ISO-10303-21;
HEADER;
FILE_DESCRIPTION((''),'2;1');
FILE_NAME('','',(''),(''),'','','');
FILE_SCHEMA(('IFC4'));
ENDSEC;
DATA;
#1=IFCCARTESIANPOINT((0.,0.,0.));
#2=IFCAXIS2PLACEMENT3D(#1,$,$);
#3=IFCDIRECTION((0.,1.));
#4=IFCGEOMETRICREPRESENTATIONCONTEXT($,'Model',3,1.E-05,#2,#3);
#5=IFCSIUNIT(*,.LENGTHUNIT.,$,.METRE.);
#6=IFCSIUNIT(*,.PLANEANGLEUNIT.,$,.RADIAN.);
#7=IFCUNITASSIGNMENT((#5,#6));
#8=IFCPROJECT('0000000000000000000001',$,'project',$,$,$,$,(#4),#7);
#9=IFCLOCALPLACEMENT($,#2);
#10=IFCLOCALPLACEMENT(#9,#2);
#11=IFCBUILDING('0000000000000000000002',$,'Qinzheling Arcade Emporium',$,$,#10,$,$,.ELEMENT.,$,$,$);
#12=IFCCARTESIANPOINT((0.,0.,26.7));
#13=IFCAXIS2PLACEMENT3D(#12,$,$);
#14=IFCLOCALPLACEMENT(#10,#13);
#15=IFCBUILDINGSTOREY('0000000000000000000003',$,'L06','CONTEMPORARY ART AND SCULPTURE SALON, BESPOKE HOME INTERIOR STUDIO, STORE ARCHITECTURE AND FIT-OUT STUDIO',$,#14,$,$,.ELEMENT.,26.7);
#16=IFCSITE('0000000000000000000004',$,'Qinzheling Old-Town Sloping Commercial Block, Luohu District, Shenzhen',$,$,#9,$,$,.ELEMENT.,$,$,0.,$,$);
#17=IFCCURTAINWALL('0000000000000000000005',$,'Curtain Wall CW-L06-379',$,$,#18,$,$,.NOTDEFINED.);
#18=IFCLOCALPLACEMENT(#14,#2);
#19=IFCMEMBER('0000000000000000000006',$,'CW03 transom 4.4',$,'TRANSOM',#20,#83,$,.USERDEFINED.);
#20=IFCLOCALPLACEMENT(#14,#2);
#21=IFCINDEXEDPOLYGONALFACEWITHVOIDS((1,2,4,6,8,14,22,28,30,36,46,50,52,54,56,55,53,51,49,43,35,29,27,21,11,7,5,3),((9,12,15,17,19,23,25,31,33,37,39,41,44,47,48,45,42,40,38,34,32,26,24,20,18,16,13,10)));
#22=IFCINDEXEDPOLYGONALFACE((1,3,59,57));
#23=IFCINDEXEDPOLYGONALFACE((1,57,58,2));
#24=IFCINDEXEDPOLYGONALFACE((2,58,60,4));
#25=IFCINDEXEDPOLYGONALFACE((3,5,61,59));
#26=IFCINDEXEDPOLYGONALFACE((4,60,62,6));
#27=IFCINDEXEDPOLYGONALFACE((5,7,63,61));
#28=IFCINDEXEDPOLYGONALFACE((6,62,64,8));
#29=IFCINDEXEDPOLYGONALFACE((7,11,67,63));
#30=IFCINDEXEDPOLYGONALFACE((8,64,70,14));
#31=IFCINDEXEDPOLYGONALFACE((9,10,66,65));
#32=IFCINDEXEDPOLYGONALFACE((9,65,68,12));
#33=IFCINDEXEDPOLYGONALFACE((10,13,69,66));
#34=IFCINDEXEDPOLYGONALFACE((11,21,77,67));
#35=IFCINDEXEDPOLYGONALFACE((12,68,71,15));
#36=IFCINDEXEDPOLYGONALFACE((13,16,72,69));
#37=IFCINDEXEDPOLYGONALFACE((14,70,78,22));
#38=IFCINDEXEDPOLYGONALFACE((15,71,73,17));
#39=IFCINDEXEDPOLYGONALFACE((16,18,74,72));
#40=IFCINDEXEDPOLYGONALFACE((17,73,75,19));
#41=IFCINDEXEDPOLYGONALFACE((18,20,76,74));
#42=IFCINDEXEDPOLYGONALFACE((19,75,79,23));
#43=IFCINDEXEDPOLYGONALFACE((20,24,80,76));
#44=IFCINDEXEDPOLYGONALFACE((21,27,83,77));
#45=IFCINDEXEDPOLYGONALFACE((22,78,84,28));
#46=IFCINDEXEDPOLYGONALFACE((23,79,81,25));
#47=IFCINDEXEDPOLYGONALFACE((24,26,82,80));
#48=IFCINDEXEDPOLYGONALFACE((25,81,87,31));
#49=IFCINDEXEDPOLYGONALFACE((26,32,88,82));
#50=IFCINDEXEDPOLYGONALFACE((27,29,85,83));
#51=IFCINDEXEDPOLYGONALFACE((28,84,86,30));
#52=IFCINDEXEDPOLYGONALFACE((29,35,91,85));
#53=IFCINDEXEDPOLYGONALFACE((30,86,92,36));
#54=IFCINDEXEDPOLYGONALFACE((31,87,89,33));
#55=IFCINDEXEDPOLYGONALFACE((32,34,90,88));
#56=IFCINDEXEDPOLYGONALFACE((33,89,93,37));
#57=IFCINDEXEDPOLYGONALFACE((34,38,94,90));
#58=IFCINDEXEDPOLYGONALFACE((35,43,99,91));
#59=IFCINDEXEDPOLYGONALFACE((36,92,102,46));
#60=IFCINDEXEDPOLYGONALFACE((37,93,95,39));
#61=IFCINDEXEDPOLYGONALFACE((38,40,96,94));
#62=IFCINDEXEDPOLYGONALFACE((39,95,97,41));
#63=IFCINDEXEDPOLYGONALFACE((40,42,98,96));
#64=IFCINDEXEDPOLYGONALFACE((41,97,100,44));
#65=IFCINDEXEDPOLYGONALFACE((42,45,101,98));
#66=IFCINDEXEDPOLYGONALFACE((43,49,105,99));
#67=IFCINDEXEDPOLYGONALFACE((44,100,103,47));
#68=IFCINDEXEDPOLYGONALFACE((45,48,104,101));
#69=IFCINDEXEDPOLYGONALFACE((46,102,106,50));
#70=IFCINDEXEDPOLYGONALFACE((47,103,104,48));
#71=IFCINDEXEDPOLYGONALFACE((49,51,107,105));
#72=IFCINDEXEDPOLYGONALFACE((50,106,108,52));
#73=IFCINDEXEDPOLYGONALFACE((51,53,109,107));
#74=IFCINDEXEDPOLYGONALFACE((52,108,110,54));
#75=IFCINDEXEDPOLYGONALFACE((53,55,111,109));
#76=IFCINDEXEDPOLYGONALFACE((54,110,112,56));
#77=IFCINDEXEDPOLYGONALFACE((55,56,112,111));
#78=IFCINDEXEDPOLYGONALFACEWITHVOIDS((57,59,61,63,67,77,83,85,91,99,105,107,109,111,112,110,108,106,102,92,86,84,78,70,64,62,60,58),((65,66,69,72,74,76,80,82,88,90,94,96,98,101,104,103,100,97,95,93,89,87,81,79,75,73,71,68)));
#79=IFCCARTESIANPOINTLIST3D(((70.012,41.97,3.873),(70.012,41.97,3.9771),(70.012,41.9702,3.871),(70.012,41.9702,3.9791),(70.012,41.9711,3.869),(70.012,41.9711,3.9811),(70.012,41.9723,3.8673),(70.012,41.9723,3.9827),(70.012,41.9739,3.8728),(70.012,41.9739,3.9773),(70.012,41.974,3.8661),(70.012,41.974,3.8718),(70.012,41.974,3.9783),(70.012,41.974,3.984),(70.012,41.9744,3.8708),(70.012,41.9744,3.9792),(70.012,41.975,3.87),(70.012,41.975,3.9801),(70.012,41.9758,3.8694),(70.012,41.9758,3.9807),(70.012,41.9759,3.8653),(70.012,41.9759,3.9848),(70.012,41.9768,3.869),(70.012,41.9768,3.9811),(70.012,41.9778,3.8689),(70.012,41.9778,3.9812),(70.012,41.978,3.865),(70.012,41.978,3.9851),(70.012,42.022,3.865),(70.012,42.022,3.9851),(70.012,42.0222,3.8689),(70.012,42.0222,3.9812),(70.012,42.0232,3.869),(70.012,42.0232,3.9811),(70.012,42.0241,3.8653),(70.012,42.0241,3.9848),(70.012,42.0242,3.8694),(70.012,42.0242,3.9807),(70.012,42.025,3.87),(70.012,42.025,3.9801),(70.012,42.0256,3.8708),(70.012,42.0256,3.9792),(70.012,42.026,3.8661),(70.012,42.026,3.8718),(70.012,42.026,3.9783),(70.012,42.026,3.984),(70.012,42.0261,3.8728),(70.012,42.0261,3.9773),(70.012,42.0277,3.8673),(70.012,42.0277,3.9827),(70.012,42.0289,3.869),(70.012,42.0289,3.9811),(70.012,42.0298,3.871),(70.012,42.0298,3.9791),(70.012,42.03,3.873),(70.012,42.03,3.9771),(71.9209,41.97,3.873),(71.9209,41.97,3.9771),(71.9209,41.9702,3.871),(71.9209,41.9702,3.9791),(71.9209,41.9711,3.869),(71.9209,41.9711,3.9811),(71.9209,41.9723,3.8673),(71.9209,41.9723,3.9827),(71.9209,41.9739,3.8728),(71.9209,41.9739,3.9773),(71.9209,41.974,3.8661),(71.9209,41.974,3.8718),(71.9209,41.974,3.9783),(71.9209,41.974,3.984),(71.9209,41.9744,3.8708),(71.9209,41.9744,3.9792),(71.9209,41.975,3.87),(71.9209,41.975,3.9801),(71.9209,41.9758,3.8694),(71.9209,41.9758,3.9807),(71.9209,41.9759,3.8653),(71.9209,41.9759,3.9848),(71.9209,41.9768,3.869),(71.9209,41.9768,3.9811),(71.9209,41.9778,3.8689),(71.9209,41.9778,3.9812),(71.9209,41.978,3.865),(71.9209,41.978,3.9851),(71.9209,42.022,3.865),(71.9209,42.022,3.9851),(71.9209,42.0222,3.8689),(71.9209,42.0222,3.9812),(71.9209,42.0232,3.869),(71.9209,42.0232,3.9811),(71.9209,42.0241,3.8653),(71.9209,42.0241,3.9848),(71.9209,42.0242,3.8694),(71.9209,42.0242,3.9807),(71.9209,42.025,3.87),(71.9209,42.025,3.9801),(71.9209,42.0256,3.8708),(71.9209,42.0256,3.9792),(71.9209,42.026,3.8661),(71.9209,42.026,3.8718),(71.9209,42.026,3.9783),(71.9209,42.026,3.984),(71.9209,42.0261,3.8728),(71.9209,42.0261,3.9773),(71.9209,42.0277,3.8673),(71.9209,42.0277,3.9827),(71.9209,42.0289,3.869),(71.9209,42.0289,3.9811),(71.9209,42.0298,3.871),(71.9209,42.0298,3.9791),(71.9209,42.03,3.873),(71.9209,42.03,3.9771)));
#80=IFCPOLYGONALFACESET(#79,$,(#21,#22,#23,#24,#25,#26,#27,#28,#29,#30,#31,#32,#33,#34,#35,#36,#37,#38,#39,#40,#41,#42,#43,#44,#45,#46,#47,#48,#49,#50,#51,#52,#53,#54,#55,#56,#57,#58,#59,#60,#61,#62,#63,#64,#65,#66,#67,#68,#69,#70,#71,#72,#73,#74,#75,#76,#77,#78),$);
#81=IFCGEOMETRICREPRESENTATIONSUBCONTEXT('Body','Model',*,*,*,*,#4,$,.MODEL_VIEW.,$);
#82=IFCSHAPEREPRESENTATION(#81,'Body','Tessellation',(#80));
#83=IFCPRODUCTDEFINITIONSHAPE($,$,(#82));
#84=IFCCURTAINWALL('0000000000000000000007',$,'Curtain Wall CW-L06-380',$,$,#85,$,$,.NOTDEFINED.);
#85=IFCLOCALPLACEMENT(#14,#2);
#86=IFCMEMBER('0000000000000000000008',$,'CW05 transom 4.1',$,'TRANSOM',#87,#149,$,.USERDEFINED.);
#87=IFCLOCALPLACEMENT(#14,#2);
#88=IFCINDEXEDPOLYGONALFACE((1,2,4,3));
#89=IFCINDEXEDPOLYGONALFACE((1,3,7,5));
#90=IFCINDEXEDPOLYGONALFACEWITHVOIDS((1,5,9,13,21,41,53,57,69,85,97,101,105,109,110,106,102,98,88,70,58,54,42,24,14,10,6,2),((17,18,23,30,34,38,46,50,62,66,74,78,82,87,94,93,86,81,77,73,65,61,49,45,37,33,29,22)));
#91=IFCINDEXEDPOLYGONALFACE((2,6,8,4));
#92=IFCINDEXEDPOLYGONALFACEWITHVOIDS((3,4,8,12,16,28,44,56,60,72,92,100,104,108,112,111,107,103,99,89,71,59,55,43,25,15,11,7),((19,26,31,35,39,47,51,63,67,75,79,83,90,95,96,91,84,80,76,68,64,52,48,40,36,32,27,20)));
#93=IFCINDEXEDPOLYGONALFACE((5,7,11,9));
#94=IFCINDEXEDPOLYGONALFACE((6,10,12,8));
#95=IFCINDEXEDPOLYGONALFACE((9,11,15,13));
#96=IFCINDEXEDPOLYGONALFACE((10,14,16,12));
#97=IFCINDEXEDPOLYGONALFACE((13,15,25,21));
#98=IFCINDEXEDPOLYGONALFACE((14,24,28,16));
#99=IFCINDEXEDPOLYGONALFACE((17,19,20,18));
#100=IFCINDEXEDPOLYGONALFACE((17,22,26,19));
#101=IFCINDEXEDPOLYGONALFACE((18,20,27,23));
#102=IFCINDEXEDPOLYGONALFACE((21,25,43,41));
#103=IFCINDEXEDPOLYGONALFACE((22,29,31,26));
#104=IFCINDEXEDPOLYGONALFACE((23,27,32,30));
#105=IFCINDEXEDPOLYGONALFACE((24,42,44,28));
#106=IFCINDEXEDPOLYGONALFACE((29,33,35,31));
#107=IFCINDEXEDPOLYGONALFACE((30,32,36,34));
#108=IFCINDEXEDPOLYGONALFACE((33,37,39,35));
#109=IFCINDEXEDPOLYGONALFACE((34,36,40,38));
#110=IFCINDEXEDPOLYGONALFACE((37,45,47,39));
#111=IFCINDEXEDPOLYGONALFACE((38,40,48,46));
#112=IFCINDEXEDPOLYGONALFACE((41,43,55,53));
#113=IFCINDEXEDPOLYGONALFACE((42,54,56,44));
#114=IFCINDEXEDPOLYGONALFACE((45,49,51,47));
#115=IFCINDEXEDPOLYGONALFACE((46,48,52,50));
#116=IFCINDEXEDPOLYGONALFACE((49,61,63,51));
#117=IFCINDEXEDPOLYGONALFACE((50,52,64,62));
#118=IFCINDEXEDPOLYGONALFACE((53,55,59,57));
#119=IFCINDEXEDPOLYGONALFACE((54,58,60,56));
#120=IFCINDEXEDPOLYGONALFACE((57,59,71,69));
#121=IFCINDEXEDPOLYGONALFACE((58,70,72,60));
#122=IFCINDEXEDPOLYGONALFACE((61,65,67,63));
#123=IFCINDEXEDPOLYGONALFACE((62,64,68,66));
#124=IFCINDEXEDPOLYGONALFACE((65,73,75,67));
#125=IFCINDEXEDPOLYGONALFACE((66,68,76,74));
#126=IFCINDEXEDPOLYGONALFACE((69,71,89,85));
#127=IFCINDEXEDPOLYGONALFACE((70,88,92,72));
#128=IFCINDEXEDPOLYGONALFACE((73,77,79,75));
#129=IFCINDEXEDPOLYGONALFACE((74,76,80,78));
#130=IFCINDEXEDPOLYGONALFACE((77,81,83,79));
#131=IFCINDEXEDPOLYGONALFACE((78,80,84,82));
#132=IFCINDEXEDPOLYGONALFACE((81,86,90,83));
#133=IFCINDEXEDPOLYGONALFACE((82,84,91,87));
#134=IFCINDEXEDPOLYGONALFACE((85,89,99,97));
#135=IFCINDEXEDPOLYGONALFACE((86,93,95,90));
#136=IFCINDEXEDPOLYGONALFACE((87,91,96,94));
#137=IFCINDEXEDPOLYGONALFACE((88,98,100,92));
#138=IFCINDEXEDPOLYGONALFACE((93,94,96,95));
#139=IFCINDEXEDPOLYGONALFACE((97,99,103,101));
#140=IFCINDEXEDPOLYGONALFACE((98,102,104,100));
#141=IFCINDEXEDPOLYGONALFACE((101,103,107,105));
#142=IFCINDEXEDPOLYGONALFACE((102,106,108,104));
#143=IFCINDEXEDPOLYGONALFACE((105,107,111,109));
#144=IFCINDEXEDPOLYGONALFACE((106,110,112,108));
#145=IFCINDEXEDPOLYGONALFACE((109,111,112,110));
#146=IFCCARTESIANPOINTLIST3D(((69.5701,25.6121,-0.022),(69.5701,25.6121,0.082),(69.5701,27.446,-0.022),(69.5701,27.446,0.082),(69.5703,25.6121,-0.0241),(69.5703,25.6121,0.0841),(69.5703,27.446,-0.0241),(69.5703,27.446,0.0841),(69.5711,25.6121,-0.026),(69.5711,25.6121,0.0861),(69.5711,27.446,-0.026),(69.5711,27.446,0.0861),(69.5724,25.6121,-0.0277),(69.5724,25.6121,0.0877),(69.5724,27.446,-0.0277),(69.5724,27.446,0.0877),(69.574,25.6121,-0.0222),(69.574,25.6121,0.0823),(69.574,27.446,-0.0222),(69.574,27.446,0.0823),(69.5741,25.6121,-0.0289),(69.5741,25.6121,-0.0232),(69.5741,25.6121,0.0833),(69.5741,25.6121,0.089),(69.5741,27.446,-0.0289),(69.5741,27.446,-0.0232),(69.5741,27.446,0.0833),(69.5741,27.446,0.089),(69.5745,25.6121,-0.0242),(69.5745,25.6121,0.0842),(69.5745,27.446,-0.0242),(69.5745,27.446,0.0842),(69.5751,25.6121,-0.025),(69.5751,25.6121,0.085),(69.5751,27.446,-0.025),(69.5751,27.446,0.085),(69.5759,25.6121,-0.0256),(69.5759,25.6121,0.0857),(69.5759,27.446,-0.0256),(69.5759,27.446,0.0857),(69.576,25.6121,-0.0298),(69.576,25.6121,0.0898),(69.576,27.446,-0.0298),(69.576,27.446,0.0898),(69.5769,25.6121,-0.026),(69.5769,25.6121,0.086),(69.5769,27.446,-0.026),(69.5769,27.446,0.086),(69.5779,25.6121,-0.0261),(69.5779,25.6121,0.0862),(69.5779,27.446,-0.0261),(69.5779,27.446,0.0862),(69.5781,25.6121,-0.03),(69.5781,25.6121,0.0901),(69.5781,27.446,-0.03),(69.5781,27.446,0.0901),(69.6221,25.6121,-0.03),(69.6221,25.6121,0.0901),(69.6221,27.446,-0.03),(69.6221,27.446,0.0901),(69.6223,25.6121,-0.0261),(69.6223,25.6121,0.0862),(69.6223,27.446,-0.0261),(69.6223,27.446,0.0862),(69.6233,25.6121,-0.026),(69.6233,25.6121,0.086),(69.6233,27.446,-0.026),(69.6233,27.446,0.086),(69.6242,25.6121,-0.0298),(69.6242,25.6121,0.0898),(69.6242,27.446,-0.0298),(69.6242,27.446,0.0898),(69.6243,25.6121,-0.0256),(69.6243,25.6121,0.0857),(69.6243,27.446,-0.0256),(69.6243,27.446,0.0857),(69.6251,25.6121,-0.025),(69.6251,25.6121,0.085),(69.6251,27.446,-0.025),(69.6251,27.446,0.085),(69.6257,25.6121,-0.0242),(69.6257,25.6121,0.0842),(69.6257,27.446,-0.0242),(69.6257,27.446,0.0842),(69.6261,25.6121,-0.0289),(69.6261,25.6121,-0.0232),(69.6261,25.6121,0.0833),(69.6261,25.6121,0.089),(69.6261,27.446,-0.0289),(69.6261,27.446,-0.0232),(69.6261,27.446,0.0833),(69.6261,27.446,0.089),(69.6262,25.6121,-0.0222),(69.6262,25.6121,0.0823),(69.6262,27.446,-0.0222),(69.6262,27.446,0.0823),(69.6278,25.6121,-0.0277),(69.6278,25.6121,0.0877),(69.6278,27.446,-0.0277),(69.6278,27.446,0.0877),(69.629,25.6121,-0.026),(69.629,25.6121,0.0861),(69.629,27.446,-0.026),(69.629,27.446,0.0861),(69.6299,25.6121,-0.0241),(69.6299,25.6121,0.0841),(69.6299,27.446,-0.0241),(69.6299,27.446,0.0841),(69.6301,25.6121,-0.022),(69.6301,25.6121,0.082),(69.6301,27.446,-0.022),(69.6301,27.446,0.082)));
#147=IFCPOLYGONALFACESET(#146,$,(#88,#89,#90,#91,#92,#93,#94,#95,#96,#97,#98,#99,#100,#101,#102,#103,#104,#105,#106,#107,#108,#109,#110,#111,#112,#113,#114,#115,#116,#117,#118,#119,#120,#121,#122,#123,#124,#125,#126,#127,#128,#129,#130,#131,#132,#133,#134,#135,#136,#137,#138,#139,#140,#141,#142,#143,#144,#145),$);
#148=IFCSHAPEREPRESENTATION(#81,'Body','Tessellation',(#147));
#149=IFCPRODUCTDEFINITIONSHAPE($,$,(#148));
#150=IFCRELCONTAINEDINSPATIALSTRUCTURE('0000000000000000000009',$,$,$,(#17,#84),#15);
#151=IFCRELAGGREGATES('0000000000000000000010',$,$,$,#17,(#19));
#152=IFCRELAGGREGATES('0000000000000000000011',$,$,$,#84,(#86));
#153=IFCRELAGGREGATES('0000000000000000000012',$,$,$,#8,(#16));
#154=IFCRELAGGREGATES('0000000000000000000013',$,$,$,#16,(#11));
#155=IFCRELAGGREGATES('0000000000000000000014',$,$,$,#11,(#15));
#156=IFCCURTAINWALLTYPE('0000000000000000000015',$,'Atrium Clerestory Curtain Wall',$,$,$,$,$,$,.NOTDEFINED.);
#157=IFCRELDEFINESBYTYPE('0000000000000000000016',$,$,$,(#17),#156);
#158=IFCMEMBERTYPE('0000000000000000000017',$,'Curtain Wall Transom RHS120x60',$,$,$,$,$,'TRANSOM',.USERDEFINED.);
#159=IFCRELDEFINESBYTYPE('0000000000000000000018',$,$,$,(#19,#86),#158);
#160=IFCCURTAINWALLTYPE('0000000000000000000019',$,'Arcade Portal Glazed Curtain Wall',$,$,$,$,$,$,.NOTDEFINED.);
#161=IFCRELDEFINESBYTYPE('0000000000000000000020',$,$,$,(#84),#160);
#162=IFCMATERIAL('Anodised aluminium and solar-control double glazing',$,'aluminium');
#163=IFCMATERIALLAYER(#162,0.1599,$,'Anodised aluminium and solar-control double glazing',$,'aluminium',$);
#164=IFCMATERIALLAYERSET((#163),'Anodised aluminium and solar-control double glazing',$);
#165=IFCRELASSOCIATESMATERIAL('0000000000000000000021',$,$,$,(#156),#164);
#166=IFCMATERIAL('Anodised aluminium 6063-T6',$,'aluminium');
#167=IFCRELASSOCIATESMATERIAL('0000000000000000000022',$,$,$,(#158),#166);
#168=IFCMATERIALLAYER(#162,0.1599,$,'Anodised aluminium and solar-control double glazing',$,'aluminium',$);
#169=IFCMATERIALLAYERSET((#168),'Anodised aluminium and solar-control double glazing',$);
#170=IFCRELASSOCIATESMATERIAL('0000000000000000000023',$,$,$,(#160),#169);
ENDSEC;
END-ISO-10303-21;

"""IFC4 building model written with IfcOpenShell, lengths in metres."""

from ifc_helpers import new_model, si_unit, direction, frame, origin, origin_2d, place, context, subcontext, project, spatial, hollow_rectangle, extrude, material, layer, layer_set, material_profile, profile_set, type_object, element, aggregate, save


model = new_model("IFC4")

# Units and contexts
model_context = context("Model", 3, precision=1e-05, world=origin(), true_north=direction((0.0, 1.0)))
body_context = subcontext(model_context, "Body", "Model", "MODEL_VIEW")
ifc_project = project(units=[si_unit("LENGTHUNIT", "METRE"), si_unit("PLANEANGLEUNIT", "RADIAN")], contexts=[model_context])

# Site, building, storey
site_placement = place(None, origin())
site = spatial("IfcSite", under=ifc_project, at=site_placement, Name="Qinzheling Old-Town Sloping Commercial Block, Luohu District, Shenzhen", CompositionType="ELEMENT", RefElevation=0.0)
building_placement = place(site_placement, origin())
building = spatial("IfcBuilding", under=site, at=building_placement, Name="Qinzheling Arcade Emporium", CompositionType="ELEMENT")
storey_placement = place(building_placement, frame((0.0, 0.0, 26.7)))
storey = spatial("IfcBuildingStorey", under=building, at=storey_placement, Name="L06", Description="CONTEMPORARY ART AND SCULPTURE SALON, BESPOKE HOME INTERIOR STUDIO, STORE ARCHITECTURE AND FIT-OUT STUDIO", CompositionType="ELEMENT", Elevation=26.7)

# Curtain walls, members
ifc_material_1 = material(Name="Anodised aluminium and solar-control double glazing", Category="aluminium")
ifc_layer_1 = layer(ifc_material_1, 0.1599, Name="Anodised aluminium and solar-control double glazing", Category="aluminium")
ifc_layer_set_1 = layer_set([ifc_layer_1], Name="Anodised aluminium and solar-control double glazing")
curtain_wall_type_1 = type_object("IfcCurtainWallType", Name="Atrium Clerestory Curtain Wall", PredefinedType="NOTDEFINED", material=ifc_layer_set_1)
curtain_wall_1_placement = place(storey_placement, origin())
curtain_wall_1 = element("IfcCurtainWall", 1, at=curtain_wall_1_placement, inside=storey, type_object=curtain_wall_type_1, Name="Curtain Wall CW-L06-379", PredefinedType="NOTDEFINED")
ifc_material_2 = material(Name="Anodised aluminium 6063-T6", Category="aluminium")
ifc_material_profile_1 = material_profile(ifc_material_2, hollow_rectangle(XDim=0.0601, YDim=0.1201, WallThickness=0.0039, InnerFilletRadius=0.0039, OuterFilletRadius=0.0081, at=origin_2d()), Name="RHS 120x60x4", Category="aluminium")
ifc_profile_set_1 = profile_set([ifc_material_profile_1], Name="Anodised aluminium 6063-T6")
member_type_1 = type_object("IfcMemberType", Name="Curtain Wall Transom RHS120x60", ElementType="TRANSOM", PredefinedType="USERDEFINED", material=ifc_profile_set_1)
member_1_placement = place(storey_placement, frame((71.9209, 42.0, 3.925), z_axis=(-1.0, 0.0, 0.0), x_axis=(0.0, -1.0, 0.0)))
member_1 = element("IfcMember", 2, at=member_1_placement, type_object=member_type_1, Name="CW03 transom 4.4", ObjectType="TRANSOM", PredefinedType="USERDEFINED", context=body_context, shape_type="SweptSolid", body=[
    extrude(hollow_rectangle(XDim=0.0601, YDim=0.1201, WallThickness=0.0039, InnerFilletRadius=0.0039, OuterFilletRadius=0.0081, at=origin_2d()), origin(), (0.0, 0.0, 1.0), 1.9089),
])
ifc_layer_2 = layer(ifc_material_1, 0.1599, Name="Anodised aluminium and solar-control double glazing", Category="aluminium")
ifc_layer_set_2 = layer_set([ifc_layer_2], Name="Anodised aluminium and solar-control double glazing")
curtain_wall_type_2 = type_object("IfcCurtainWallType", Name="Arcade Portal Glazed Curtain Wall", PredefinedType="NOTDEFINED", material=ifc_layer_set_2)
curtain_wall_2_placement = place(storey_placement, origin())
curtain_wall_2 = element("IfcCurtainWall", 3, at=curtain_wall_2_placement, inside=storey, type_object=curtain_wall_type_2, Name="Curtain Wall CW-L06-380", PredefinedType="NOTDEFINED")
member_2_placement = place(storey_placement, frame((69.6001, 27.446, 0.03), z_axis=(0.0, -1.0, 0.0), x_axis=(1.0, 0.0, 0.0)))
member_2 = element("IfcMember", 4, at=member_2_placement, type_object=member_type_1, Name="CW05 transom 4.1", ObjectType="TRANSOM", PredefinedType="USERDEFINED", context=body_context, shape_type="SweptSolid", body=[
    extrude(hollow_rectangle(XDim=0.0601, YDim=0.1201, WallThickness=0.0039, InnerFilletRadius=0.0039, OuterFilletRadius=0.0081, at=origin_2d()), origin(), (0.0, 0.0, 1.0), 1.834),
])

aggregate(curtain_wall_1, [member_1])
aggregate(curtain_wall_2, [member_2])

save(model, "model.ifc")
